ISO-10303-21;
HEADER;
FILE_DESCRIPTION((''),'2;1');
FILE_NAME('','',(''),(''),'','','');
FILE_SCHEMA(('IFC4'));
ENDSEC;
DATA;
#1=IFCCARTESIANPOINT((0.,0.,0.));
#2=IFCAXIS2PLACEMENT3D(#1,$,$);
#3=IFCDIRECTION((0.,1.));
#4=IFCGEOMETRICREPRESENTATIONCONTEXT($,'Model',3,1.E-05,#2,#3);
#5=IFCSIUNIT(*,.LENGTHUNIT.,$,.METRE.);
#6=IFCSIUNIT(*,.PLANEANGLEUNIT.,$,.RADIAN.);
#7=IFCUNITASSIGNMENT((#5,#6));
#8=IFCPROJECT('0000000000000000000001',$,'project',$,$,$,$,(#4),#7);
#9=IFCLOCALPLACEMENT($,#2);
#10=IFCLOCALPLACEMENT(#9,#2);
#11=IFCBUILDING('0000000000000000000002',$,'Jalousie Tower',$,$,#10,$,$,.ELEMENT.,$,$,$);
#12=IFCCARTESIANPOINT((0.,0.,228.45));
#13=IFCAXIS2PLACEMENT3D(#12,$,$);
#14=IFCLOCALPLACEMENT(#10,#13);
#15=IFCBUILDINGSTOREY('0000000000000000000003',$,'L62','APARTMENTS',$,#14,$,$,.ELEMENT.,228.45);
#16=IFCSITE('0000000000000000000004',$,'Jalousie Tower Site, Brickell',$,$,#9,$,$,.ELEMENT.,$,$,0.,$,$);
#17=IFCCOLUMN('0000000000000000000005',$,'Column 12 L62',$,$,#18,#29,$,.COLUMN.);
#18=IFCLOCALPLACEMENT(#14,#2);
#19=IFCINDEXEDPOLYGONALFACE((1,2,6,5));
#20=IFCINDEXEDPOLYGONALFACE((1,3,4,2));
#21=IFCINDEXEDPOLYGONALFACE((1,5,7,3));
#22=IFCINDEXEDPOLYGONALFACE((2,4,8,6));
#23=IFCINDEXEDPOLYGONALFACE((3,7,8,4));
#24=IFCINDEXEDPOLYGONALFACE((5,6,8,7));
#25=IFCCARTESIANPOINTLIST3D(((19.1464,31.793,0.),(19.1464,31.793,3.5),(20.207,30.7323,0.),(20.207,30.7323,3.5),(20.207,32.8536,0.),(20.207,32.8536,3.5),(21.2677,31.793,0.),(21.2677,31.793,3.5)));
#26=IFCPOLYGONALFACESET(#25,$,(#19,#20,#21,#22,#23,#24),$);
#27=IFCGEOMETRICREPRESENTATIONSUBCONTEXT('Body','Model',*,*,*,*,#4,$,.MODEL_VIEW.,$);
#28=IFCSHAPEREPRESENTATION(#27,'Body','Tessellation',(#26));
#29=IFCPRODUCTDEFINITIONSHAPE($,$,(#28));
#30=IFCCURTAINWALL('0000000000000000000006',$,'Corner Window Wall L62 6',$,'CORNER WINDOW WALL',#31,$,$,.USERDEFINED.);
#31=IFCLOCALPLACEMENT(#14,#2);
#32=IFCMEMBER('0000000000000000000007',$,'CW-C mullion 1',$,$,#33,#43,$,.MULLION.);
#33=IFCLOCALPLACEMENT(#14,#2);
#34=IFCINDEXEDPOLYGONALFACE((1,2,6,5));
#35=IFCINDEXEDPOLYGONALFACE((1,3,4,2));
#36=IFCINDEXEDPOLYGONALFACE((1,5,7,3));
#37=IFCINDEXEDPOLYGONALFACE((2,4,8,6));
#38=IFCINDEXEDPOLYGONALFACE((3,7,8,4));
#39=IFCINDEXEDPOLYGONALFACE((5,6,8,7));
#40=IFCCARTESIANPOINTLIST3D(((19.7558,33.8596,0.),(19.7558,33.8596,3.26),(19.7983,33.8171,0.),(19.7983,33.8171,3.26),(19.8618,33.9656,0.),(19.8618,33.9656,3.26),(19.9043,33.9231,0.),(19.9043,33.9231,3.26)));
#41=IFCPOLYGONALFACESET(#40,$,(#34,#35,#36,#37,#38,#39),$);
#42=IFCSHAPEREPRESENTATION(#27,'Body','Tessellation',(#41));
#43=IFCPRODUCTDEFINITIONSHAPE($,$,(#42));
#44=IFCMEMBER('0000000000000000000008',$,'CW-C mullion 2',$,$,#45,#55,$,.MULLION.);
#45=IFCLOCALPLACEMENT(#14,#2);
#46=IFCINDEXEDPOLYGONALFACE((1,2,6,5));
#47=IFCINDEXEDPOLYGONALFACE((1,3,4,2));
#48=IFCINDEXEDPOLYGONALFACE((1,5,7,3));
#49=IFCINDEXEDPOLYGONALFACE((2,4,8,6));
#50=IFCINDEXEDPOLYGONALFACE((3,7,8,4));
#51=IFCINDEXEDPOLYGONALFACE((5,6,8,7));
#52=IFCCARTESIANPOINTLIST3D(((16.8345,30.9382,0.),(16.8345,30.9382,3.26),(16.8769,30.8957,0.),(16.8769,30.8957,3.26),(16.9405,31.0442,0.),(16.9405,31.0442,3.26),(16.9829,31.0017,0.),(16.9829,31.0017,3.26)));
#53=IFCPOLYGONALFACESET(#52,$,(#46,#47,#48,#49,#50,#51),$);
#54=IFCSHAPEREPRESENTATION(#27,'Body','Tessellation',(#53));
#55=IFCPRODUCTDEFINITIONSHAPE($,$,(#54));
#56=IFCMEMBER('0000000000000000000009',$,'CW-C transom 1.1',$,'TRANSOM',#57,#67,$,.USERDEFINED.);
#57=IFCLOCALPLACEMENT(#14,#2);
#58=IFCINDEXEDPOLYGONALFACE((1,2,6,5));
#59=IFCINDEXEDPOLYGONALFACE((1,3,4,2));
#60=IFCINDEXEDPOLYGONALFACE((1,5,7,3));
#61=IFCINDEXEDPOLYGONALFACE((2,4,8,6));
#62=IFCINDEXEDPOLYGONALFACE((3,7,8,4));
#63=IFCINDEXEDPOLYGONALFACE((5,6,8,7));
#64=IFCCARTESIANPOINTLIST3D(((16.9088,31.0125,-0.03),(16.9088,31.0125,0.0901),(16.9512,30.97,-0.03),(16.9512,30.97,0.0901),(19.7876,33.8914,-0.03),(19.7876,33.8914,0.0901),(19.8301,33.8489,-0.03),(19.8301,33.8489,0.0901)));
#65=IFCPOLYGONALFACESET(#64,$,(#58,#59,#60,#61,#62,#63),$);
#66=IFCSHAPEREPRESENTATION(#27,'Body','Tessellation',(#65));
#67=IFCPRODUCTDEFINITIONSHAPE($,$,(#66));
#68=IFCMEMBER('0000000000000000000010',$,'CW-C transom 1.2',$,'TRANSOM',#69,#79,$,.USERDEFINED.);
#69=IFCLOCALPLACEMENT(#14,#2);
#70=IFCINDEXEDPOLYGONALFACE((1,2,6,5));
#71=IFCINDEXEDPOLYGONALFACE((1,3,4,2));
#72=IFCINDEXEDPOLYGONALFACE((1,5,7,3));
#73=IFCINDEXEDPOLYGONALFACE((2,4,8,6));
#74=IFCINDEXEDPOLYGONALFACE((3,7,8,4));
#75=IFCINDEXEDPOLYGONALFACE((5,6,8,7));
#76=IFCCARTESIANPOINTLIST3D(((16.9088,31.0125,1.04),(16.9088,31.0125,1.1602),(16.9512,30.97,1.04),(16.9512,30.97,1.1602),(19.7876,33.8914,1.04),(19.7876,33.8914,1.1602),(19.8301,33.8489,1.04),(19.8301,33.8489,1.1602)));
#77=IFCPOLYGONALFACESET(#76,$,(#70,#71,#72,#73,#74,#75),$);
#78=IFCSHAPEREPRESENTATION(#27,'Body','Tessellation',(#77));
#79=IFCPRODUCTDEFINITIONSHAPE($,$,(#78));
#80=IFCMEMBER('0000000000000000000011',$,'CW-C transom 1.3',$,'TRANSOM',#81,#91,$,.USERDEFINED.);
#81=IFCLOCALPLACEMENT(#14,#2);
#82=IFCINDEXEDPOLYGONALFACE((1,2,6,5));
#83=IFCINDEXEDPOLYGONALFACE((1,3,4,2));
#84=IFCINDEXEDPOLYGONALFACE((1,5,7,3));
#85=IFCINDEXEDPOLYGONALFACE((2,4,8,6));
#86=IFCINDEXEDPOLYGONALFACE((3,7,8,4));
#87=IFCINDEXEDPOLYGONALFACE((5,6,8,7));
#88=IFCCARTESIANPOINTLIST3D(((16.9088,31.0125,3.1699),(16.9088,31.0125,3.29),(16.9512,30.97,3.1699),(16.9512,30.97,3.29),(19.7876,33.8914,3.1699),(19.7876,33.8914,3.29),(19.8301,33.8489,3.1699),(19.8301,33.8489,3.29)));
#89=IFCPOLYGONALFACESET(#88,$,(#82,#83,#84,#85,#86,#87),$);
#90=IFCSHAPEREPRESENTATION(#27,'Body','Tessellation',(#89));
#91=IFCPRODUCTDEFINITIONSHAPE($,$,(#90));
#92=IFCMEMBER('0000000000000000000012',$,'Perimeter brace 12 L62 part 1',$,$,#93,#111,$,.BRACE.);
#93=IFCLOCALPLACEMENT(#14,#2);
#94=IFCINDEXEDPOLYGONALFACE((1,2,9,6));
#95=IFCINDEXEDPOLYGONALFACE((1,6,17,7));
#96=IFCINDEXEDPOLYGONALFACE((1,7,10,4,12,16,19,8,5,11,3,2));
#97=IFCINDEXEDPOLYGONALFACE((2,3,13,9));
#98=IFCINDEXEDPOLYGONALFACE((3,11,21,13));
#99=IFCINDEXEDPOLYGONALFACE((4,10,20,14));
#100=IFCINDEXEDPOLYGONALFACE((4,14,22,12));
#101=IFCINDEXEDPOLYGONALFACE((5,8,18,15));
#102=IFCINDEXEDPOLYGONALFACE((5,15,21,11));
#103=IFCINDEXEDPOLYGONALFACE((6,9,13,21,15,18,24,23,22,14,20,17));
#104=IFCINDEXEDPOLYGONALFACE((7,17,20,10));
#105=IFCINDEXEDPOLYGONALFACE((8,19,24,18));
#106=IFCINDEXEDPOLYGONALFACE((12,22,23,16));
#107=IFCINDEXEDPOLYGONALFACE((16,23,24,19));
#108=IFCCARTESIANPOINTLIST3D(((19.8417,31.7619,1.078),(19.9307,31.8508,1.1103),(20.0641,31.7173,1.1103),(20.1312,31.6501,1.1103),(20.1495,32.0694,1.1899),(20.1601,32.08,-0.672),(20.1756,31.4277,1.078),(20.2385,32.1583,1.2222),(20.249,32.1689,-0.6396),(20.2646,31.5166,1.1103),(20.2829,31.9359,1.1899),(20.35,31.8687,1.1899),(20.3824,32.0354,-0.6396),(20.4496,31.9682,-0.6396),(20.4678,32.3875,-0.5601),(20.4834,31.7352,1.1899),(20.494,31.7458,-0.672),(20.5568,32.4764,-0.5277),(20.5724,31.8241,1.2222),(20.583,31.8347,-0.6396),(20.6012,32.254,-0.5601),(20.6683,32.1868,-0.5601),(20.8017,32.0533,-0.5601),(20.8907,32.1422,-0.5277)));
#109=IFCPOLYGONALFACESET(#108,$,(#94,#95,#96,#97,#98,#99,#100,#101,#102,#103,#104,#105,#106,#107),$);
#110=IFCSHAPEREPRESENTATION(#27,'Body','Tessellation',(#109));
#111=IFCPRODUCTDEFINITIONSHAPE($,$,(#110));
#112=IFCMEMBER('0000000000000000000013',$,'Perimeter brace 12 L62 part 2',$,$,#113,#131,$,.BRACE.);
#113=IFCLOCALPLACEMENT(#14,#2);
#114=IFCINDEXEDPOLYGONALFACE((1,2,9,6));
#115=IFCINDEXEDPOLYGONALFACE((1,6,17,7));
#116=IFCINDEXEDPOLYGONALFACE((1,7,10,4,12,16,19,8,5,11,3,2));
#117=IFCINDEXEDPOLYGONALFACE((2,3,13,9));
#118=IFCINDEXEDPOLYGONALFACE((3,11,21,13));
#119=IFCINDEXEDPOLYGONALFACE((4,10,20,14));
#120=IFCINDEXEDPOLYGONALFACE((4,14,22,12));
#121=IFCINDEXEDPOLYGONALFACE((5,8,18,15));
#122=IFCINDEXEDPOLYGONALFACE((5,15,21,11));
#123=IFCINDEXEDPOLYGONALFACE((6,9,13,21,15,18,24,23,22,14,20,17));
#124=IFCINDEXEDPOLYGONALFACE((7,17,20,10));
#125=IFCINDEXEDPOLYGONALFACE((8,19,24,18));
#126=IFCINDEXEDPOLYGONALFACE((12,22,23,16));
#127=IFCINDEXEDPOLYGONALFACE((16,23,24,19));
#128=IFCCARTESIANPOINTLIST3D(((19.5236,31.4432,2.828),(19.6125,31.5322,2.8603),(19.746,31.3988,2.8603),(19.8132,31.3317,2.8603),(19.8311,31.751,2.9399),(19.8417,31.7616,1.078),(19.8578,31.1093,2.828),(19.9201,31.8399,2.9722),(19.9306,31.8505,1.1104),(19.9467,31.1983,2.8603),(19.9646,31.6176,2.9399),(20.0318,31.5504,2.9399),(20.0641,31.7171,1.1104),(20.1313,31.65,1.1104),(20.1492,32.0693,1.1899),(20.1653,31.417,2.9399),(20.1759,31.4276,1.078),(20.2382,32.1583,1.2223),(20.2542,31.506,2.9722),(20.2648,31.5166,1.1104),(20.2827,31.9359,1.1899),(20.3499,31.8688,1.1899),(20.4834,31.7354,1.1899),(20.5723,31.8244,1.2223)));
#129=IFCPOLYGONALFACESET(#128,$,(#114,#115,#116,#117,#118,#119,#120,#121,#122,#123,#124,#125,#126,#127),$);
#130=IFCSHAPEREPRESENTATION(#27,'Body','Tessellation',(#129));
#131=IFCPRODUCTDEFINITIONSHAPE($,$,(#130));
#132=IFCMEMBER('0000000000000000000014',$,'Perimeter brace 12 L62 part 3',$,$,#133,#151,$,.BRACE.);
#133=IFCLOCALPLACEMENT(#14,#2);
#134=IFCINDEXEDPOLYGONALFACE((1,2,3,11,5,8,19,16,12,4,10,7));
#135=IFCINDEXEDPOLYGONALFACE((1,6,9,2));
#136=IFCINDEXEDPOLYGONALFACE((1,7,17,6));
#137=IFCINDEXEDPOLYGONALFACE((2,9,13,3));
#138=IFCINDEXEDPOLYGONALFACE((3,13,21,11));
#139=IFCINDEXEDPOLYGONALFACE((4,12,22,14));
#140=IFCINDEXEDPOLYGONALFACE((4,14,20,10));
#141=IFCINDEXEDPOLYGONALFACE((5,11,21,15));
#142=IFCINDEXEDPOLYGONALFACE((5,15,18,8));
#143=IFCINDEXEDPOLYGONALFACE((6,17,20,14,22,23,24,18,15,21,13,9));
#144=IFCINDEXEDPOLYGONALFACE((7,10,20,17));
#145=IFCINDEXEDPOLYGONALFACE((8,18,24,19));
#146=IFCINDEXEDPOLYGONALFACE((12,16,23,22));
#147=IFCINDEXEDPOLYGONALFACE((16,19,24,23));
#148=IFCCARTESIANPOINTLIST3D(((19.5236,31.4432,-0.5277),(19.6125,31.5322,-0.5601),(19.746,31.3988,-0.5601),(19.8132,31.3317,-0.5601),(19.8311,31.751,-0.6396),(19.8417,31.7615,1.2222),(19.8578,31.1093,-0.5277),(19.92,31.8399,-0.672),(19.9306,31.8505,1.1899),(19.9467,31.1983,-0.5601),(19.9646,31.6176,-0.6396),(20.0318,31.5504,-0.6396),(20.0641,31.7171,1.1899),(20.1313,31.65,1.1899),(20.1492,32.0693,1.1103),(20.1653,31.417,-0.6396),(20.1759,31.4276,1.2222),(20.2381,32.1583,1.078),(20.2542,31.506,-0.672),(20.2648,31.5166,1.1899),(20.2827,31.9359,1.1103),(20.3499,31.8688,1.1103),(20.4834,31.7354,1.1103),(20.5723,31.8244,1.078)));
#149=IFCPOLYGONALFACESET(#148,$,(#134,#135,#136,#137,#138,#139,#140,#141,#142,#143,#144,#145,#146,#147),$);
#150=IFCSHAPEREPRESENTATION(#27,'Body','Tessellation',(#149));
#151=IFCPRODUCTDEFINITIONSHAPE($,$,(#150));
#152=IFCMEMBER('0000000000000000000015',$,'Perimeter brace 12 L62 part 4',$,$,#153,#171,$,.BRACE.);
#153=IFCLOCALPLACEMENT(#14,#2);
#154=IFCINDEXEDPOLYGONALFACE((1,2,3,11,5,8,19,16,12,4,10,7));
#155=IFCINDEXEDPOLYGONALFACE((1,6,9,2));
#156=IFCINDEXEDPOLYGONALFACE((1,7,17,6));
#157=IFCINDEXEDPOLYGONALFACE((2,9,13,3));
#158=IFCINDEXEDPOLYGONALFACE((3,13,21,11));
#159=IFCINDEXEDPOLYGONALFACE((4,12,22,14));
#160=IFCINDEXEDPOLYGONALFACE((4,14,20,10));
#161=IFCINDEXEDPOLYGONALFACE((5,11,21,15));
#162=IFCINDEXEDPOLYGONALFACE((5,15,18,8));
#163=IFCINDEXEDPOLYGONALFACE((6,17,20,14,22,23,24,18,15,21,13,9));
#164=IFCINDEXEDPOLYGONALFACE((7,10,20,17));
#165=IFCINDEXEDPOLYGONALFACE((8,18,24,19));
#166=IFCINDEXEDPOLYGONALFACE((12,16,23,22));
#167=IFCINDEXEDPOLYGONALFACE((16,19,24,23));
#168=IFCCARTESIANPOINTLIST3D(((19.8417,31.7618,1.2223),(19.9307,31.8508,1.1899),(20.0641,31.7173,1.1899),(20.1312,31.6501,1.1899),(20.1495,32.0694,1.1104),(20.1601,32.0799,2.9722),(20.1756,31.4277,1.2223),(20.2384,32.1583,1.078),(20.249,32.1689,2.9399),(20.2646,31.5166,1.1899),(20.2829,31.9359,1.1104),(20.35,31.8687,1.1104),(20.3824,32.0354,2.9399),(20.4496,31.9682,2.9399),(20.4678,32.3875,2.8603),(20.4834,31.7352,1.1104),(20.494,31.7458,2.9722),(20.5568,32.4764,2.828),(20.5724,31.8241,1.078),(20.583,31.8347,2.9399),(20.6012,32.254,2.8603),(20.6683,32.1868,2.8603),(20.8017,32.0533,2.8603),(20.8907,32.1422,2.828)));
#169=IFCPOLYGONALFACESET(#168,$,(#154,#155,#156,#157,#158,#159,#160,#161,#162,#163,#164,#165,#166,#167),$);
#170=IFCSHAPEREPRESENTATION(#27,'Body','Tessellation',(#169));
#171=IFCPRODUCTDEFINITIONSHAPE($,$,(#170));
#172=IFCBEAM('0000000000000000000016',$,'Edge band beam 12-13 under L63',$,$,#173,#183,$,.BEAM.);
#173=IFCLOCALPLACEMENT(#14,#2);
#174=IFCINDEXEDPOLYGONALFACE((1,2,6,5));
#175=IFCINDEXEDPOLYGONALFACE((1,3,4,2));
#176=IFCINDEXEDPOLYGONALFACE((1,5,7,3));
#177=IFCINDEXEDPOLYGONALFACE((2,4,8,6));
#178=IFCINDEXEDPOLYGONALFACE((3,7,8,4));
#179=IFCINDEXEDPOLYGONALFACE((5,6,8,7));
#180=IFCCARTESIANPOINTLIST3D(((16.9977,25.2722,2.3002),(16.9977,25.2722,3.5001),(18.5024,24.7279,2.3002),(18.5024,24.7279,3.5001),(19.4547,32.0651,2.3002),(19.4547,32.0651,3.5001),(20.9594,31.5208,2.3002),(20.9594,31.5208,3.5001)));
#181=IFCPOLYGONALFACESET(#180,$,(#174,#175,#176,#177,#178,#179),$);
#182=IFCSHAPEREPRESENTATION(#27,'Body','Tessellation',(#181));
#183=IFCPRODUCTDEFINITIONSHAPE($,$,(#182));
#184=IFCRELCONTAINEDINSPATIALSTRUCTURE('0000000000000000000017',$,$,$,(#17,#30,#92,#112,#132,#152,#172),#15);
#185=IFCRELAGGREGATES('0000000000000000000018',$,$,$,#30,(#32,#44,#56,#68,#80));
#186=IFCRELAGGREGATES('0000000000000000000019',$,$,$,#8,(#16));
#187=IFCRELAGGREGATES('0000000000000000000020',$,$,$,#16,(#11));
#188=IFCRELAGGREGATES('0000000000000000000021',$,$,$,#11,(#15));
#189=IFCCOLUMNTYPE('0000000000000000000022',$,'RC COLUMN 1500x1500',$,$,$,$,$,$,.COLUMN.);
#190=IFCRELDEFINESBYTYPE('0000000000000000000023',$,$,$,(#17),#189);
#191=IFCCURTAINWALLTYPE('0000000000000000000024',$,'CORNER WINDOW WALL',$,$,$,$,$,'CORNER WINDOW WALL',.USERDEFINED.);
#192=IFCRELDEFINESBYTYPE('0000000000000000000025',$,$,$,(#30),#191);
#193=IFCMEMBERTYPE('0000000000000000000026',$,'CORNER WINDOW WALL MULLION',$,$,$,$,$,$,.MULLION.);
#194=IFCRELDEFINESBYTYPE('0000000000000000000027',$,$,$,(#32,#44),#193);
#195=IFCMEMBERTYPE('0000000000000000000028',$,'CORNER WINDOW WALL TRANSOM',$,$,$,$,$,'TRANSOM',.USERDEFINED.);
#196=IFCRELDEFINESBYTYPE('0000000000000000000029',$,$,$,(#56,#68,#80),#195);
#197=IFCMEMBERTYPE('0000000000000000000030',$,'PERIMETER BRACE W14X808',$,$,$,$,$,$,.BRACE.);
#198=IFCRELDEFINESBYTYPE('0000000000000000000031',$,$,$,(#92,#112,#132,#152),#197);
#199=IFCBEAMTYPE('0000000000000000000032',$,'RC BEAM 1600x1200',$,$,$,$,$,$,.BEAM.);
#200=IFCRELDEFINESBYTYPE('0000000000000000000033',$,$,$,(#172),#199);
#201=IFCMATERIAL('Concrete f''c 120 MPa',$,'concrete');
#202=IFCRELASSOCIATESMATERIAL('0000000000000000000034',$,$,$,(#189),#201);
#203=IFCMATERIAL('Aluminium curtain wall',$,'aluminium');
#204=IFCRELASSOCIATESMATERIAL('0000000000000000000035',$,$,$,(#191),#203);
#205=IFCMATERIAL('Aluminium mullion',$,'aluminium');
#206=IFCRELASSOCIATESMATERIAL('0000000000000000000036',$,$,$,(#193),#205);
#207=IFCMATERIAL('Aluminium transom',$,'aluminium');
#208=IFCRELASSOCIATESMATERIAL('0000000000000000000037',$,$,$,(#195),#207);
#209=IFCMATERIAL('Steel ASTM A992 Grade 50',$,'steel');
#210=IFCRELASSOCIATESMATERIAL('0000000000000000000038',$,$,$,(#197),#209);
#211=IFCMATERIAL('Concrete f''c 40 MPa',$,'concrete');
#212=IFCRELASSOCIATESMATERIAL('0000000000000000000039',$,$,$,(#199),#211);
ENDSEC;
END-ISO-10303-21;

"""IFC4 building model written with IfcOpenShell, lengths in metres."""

from ifc_helpers import new_model, si_unit, direction, frame, origin, origin_2d, place, context, subcontext, project, spatial, rectangle, i_section, extrude, material, material_profile, profile_set, type_object, element, aggregate, save


model = new_model("IFC4")

# Units and contexts
model_context = context("Model", 3, precision=1e-05, world=origin(), true_north=direction((0.0, 1.0)))
body_context = subcontext(model_context, "Body", "Model", "MODEL_VIEW")
ifc_project = project(units=[si_unit("LENGTHUNIT", "METRE"), si_unit("PLANEANGLEUNIT", "RADIAN")], contexts=[model_context])

# Site, building, storey
site_placement = place(None, origin())
site = spatial("IfcSite", under=ifc_project, at=site_placement, Name="Jalousie Tower Site, Brickell", CompositionType="ELEMENT", RefElevation=0.0)
building_placement = place(site_placement, origin())
building = spatial("IfcBuilding", under=site, at=building_placement, Name="Jalousie Tower", CompositionType="ELEMENT")
storey_placement = place(building_placement, frame((0.0, 0.0, 228.45)))
storey = spatial("IfcBuildingStorey", under=building, at=storey_placement, Name="L62", Description="APARTMENTS", CompositionType="ELEMENT", Elevation=228.45)

# Column
ifc_material_1 = material(Name="Concrete f'c 120 MPa", Category="concrete")
ifc_material_profile_1 = material_profile(ifc_material_1, rectangle(XDim=1.5, YDim=1.5, at=origin_2d()), Name="RC 1500x1500")
ifc_profile_set_1 = profile_set([ifc_material_profile_1], Name="Concrete f'c 120 MPa")
column_type = type_object("IfcColumnType", Name="RC COLUMN 1500x1500", PredefinedType="COLUMN", material=ifc_profile_set_1)
column_placement = place(storey_placement, frame((20.207, 31.793, 0.0), z_axis=(0.0, 0.0, 1.0), x_axis=(0.707107, 0.707107, 0.0)))
element("IfcColumn", 1, at=column_placement, inside=storey, type_object=column_type, Name="Column 12 L62", PredefinedType="COLUMN", context=body_context, shape_type="SweptSolid", body=[
    extrude(rectangle(XDim=1.5, YDim=1.5, at=origin_2d()), origin(), (0.0, 0.0, 1.0), 3.5),
])

# Curtain wall, members
ifc_material_2 = material(Name="Aluminium curtain wall", Category="aluminium")
curtain_wall_type_1 = type_object("IfcCurtainWallType", Name="CORNER WINDOW WALL", ElementType="CORNER WINDOW WALL", PredefinedType="USERDEFINED", material=ifc_material_2)
curtain_wall_1_placement = place(storey_placement, origin())
curtain_wall_1 = element("IfcCurtainWall", 2, at=curtain_wall_1_placement, inside=storey, type_object=curtain_wall_type_1, Name="Corner Window Wall L62 6", ObjectType="CORNER WINDOW WALL", PredefinedType="USERDEFINED")
ifc_material_3 = material(Name="Aluminium mullion", Category="aluminium")
ifc_material_profile_2 = material_profile(ifc_material_3, rectangle(XDim=0.0601, YDim=0.1499, at=origin_2d()), Name="MULLION 60x150")
ifc_profile_set_2 = profile_set([ifc_material_profile_2], Name="Aluminium mullion")
member_type_1 = type_object("IfcMemberType", Name="CORNER WINDOW WALL MULLION", PredefinedType="MULLION", material=ifc_profile_set_2)
member_1_placement = place(storey_placement, frame((19.8301, 33.8914, 0.0), z_axis=(0.0, 0.0, 1.0), x_axis=(0.707107, -0.707107, 0.0)))
member_1 = element("IfcMember", 3, at=member_1_placement, type_object=member_type_1, Name="CW-C mullion 1", PredefinedType="MULLION", context=body_context, shape_type="SweptSolid", body=[
    extrude(rectangle(XDim=0.0601, YDim=0.1499, at=origin_2d()), origin(), (0.0, 0.0, 1.0), 3.26),
])
member_2_placement = place(storey_placement, frame((16.9087, 30.97, 0.0), z_axis=(0.0, 0.0, 1.0), x_axis=(0.707107, -0.707107, 0.0)))
member_2 = element("IfcMember", 4, at=member_2_placement, type_object=member_type_1, Name="CW-C mullion 2", PredefinedType="MULLION", context=body_context, shape_type="SweptSolid", body=[
    extrude(rectangle(XDim=0.0601, YDim=0.1499, at=origin_2d()), origin(), (0.0, 0.0, 1.0), 3.26),
])
ifc_material_4 = material(Name="Aluminium transom", Category="aluminium")
ifc_material_profile_3 = material_profile(ifc_material_4, rectangle(XDim=0.0601, YDim=0.1201, at=origin_2d()), Name="TRANSOM 60x120")
ifc_profile_set_3 = profile_set([ifc_material_profile_3], Name="Aluminium transom")
member_type_2 = type_object("IfcMemberType", Name="CORNER WINDOW WALL TRANSOM", ElementType="TRANSOM", PredefinedType="USERDEFINED", material=ifc_profile_set_3)
member_3_placement = place(storey_placement, frame((19.8088, 33.8701, 0.03), z_axis=(-0.707107, -0.707107, 0.0), x_axis=(0.707107, -0.707107, 0.0)))
member_3 = element("IfcMember", 5, at=member_3_placement, type_object=member_type_2, Name="CW-C transom 1.1", ObjectType="TRANSOM", PredefinedType="USERDEFINED", context=body_context, shape_type="SweptSolid", body=[
    extrude(rectangle(XDim=0.0601, YDim=0.1201, at=origin_2d()), origin(), (0.0, 0.0, 1.0), 4.0713),
])
member_4_placement = place(storey_placement, frame((19.8088, 33.8701, 1.1001), z_axis=(-0.707107, -0.707107, 0.0), x_axis=(0.707107, -0.707107, 0.0)))
member_4 = element("IfcMember", 6, at=member_4_placement, type_object=member_type_2, Name="CW-C transom 1.2", ObjectType="TRANSOM", PredefinedType="USERDEFINED", context=body_context, shape_type="SweptSolid", body=[
    extrude(rectangle(XDim=0.0601, YDim=0.1201, at=origin_2d()), origin(), (0.0, 0.0, 1.0), 4.0713),
])
member_5_placement = place(storey_placement, frame((19.8088, 33.8701, 3.23), z_axis=(-0.707107, -0.707107, 0.0), x_axis=(0.707107, -0.707107, 0.0)))
member_5 = element("IfcMember", 7, at=member_5_placement, type_object=member_type_2, Name="CW-C transom 1.3", ObjectType="TRANSOM", PredefinedType="USERDEFINED", context=body_context, shape_type="SweptSolid", body=[
    extrude(rectangle(XDim=0.0601, YDim=0.1201, at=origin_2d()), origin(), (0.0, 0.0, 1.0), 4.0713),
])

# Members
ifc_material_5 = material(Name="Steel ASTM A992 Grade 50", Category="steel")
ifc_material_profile_4 = material_profile(ifc_material_5, i_section(OverallWidth=0.4724, OverallDepth=0.5791, WebThickness=0.095, FlangeThickness=0.1299, at=origin_2d()), Name="W14X808")
ifc_profile_set_4 = profile_set([ifc_material_profile_4], Name="Steel ASTM A992 Grade 50")
member_type_3 = type_object("IfcMemberType", Name="PERIMETER BRACE W14X808", PredefinedType="BRACE", material=ifc_profile_set_4)
for number, where, z_axis, x_axis, name in (
    (8, (20.5254, 32.1111, -0.5999), (-0.176187, -0.176051, 0.968486), (0.706835, -0.707378, 0.0), "Perimeter brace 12 L62 part 1"),
    (9, (20.207, 31.793, 1.1501), (-0.176051, -0.176187, 0.968486), (0.707378, -0.706835, 0.0), "Perimeter brace 12 L62 part 2"),
    (10, (19.8889, 31.4746, -0.5999), (0.176051, 0.176187, 0.968486), (-0.707378, 0.706835, 0.0), "Perimeter brace 12 L62 part 3"),
    (11, (20.207, 31.793, 1.1501), (0.176187, 0.176051, 0.968486), (-0.706835, 0.707378, 0.0), "Perimeter brace 12 L62 part 4"),
):
    element("IfcMember", number, at=place(storey_placement, frame(where, z_axis=z_axis, x_axis=x_axis)), inside=storey, type_object=member_type_3, Name=name, PredefinedType="BRACE", context=body_context, shape_type="SweptSolid", body=[
        extrude(i_section(OverallWidth=0.4724, OverallDepth=0.5791, WebThickness=0.095, FlangeThickness=0.1299, at=origin_2d()), origin(), (0.0, 0.0, 1.0), 1.8069),
    ])

# Beam
ifc_material_6 = material(Name="Concrete f'c 40 MPa", Category="concrete")
ifc_material_profile_5 = material_profile(ifc_material_6, rectangle(XDim=1.6001, YDim=1.2, at=origin_2d()), Name="RC 1600x1200")
ifc_profile_set_5 = profile_set([ifc_material_profile_5], Name="Concrete f'c 40 MPa")
beam_type = type_object("IfcBeamType", Name="RC BEAM 1600x1200", PredefinedType="BEAM", material=ifc_profile_set_5)
beam_placement = place(storey_placement, frame((20.207, 31.793, 2.9001), z_axis=(-0.340136, -0.940376, 0.0), x_axis=(0.940376, -0.340136, 0.0)))
element("IfcBeam", 12, at=beam_placement, inside=storey, type_object=beam_type, Name="Edge band beam 12-13 under L63", PredefinedType="BEAM", context=body_context, shape_type="SweptSolid", body=[
    extrude(rectangle(XDim=1.6001, YDim=1.2, at=origin_2d()), origin(), (0.0, 0.0, 1.0), 7.2236),
])

aggregate(curtain_wall_1, [member_1, member_2, member_3, member_4, member_5])

save(model, "model.ifc")
